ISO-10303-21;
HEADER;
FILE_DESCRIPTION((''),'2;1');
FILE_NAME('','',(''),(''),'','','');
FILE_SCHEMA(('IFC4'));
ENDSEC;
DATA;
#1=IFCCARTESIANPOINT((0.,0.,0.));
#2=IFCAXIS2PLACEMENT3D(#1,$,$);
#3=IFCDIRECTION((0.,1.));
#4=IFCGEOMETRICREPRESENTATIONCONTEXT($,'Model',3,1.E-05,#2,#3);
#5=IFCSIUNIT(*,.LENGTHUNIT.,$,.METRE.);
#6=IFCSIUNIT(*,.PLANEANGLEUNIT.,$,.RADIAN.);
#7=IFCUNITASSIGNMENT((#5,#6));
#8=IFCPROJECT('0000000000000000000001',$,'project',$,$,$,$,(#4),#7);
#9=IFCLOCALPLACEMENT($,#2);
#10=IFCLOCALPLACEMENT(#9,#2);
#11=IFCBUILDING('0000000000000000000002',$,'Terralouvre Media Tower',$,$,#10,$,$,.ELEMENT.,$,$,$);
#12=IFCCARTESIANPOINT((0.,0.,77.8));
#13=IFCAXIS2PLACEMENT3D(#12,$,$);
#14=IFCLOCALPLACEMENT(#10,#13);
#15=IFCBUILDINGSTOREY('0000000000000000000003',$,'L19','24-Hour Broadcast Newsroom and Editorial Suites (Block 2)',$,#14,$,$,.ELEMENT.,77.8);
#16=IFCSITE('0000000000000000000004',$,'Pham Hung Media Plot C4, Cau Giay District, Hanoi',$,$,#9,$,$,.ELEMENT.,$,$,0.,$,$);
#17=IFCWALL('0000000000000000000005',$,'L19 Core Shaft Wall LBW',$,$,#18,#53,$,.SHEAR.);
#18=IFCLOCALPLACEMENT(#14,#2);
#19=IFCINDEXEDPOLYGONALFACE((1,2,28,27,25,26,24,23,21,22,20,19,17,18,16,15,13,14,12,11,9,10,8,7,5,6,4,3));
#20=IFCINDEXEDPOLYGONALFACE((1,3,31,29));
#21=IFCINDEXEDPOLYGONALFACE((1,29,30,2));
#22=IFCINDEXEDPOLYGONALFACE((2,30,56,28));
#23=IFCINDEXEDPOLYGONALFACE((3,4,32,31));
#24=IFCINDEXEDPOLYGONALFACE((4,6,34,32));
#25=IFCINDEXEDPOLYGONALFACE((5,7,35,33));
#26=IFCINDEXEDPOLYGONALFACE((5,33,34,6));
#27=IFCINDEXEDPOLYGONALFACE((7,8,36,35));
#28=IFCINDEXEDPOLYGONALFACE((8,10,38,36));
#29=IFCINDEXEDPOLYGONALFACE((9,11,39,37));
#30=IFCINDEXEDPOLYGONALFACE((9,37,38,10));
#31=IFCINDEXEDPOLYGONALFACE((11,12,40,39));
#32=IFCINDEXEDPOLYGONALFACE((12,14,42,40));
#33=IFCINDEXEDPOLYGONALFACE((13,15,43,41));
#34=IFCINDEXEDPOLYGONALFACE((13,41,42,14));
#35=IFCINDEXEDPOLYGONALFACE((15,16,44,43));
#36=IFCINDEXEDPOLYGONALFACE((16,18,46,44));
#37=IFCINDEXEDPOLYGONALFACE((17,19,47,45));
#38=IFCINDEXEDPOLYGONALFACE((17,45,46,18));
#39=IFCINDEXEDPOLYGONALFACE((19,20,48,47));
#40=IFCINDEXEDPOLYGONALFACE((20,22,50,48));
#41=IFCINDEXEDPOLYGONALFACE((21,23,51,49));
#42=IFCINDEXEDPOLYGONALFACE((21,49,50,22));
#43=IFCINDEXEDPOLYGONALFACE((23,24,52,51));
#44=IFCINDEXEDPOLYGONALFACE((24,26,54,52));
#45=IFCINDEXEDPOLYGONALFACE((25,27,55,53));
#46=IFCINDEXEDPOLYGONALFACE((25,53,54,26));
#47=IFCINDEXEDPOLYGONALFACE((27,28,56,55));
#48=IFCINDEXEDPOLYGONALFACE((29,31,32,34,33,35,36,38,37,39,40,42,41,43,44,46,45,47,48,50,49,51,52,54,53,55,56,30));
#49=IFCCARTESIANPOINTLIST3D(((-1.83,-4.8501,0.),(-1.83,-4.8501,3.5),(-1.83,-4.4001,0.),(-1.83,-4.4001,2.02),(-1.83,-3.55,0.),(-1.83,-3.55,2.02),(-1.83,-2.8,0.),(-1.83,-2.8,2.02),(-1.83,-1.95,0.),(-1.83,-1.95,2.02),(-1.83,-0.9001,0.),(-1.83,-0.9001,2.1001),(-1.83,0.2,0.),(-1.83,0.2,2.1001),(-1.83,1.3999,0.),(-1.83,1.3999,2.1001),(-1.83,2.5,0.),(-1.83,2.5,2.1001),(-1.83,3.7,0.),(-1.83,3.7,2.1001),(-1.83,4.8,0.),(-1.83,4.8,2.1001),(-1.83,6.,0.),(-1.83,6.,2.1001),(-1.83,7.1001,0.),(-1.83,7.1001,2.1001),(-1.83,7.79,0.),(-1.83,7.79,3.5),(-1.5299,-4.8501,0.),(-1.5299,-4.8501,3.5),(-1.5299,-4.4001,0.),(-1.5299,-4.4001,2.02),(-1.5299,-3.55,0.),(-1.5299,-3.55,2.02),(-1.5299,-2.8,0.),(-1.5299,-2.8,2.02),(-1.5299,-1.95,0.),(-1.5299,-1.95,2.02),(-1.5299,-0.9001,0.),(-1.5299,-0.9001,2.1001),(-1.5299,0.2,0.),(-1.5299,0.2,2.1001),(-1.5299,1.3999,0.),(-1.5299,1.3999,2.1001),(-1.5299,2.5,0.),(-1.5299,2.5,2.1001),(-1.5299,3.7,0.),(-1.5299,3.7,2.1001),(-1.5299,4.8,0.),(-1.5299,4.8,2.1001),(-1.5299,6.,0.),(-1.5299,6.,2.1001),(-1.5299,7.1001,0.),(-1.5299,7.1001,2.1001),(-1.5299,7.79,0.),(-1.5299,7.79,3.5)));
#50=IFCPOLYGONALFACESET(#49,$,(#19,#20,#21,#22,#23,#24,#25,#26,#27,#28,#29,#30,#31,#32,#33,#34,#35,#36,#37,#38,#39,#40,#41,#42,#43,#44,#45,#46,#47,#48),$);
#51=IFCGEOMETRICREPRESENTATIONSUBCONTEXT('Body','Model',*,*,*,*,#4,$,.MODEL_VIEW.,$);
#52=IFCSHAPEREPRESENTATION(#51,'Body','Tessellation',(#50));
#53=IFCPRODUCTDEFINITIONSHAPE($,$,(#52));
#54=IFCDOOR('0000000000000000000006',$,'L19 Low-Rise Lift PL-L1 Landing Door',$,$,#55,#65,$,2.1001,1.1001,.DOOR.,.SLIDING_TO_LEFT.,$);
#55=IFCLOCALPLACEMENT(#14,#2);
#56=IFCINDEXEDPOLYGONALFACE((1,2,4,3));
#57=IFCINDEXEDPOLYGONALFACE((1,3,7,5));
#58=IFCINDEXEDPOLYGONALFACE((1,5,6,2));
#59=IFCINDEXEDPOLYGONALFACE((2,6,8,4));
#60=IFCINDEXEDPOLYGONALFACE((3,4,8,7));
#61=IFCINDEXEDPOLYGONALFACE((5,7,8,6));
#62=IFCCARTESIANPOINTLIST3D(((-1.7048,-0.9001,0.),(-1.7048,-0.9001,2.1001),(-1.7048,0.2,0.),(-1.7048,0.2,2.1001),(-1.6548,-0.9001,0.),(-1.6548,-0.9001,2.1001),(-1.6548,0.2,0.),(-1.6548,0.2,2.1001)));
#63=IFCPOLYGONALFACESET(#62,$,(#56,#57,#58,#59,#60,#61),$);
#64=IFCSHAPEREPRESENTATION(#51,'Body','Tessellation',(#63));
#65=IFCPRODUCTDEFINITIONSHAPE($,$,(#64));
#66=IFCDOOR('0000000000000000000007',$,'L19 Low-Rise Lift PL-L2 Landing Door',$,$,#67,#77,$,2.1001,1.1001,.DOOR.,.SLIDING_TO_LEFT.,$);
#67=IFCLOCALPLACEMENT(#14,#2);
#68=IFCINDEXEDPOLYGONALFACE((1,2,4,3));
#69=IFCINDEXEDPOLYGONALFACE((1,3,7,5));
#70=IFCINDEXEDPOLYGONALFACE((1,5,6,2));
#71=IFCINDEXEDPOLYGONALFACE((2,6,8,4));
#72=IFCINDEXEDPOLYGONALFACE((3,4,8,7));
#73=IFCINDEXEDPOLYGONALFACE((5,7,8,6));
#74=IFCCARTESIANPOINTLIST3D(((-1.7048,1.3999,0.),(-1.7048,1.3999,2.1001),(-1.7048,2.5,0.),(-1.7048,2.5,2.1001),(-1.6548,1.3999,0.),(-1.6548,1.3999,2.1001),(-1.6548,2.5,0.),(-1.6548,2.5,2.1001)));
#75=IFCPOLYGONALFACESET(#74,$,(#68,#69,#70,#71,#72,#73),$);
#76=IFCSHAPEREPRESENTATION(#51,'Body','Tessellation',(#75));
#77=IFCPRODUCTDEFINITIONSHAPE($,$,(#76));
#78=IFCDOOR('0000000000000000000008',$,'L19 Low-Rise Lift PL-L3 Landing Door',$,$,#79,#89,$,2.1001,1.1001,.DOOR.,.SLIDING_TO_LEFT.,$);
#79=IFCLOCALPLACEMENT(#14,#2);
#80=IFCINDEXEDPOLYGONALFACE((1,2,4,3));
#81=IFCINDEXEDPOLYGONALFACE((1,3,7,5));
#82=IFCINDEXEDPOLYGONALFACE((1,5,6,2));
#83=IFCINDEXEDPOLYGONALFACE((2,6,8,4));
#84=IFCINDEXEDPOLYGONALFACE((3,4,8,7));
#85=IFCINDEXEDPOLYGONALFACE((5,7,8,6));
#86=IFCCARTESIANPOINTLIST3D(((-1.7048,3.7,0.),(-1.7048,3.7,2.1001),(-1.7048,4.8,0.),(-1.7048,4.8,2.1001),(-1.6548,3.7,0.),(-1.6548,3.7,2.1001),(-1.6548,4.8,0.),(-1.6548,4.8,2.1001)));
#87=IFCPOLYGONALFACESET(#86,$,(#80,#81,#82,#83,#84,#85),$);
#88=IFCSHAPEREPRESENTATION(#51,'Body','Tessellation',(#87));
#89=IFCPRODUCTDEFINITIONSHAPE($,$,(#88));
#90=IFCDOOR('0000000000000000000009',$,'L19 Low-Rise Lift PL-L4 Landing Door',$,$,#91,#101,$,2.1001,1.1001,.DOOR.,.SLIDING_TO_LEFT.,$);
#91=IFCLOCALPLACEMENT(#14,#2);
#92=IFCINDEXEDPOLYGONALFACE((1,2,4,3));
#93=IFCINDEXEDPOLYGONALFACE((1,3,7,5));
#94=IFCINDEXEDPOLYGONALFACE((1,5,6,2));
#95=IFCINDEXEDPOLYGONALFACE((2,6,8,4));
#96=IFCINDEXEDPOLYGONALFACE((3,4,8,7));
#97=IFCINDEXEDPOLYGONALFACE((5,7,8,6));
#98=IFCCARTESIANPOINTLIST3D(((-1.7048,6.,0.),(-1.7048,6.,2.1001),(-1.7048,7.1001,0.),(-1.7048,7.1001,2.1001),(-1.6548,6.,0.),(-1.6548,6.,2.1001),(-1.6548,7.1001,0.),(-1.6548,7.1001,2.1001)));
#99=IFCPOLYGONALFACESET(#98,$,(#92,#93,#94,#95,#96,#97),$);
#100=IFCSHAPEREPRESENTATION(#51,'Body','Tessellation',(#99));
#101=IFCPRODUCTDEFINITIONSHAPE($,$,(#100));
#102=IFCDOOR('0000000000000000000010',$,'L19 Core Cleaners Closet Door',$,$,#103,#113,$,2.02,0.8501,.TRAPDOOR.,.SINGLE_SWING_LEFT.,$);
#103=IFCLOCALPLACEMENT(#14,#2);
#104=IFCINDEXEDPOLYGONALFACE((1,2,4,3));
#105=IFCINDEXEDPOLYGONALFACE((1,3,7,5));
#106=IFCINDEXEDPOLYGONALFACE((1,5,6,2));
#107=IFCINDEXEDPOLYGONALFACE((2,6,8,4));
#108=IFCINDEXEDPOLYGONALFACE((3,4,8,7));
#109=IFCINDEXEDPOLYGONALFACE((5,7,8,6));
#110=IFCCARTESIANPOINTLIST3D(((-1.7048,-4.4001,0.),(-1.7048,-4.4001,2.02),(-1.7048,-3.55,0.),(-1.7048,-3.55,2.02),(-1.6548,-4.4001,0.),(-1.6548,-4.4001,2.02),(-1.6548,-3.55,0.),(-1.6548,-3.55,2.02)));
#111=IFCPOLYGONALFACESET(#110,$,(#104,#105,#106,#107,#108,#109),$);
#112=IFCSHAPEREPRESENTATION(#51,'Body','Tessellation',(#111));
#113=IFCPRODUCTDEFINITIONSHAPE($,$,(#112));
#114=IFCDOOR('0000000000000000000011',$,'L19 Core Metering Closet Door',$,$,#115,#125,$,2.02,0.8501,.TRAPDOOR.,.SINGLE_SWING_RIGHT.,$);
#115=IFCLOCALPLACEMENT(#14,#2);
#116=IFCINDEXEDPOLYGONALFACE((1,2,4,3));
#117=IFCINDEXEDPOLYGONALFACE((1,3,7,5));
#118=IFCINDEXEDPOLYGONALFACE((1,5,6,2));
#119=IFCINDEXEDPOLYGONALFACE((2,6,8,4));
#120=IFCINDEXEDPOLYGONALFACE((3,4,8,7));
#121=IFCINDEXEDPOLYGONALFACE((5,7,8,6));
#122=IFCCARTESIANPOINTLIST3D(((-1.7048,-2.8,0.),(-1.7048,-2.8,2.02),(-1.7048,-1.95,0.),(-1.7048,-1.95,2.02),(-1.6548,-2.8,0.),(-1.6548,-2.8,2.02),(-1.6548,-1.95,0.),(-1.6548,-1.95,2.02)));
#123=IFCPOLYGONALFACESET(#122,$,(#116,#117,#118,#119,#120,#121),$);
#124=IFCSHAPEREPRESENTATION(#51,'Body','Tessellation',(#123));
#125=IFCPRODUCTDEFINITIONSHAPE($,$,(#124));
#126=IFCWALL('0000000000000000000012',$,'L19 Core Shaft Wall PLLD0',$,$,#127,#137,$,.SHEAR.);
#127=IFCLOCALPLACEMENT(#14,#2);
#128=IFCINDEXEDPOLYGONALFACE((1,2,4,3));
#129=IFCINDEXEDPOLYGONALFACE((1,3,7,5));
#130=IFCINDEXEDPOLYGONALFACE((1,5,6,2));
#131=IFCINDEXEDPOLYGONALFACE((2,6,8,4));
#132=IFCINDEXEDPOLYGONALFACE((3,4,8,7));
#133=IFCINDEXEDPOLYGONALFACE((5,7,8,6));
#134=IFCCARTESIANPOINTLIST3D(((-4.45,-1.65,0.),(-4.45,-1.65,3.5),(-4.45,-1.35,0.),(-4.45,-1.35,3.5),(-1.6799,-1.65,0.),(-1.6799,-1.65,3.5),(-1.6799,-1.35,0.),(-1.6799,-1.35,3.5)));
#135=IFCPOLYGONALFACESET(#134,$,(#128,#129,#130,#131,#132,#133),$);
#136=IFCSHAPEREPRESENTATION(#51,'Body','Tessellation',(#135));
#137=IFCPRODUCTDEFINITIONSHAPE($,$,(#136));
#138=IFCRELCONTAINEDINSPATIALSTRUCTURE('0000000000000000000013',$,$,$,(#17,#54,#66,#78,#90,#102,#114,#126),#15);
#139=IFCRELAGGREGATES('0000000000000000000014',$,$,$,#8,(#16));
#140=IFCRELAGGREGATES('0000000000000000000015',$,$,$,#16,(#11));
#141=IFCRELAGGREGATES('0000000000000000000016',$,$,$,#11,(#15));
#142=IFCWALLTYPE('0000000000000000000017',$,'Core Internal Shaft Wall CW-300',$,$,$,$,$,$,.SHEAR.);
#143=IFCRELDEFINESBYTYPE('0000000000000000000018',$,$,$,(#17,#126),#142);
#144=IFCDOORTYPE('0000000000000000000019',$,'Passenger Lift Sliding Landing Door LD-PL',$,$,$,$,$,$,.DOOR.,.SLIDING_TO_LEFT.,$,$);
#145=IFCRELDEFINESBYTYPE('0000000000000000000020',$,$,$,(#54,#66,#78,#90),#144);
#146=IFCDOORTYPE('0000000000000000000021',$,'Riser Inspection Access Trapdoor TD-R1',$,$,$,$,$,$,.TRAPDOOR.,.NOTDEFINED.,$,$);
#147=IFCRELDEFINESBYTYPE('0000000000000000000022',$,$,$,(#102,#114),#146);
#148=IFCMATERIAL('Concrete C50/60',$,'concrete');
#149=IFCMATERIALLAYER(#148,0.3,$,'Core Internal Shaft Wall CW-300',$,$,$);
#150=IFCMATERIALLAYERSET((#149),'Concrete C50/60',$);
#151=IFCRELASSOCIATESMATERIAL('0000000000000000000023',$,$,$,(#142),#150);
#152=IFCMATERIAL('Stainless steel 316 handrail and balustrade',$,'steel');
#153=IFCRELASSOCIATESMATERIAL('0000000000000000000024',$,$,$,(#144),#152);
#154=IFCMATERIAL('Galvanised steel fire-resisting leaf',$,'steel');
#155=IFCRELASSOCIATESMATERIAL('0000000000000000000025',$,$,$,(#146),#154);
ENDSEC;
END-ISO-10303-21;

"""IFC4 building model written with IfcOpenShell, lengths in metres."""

from ifc_helpers import new_model, si_unit, direction, frame, frame_2d, origin, place, context, subcontext, project, spatial, rectangle, extrude, material, layer, layer_set, type_object, element, fill, save


model = new_model("IFC4")

# Units and contexts
model_context = context("Model", 3, precision=1e-05, world=origin(), true_north=direction((0.0, 1.0)))
body_context = subcontext(model_context, "Body", "Model", "MODEL_VIEW")
ifc_project = project(units=[si_unit("LENGTHUNIT", "METRE"), si_unit("PLANEANGLEUNIT", "RADIAN")], contexts=[model_context])

# Site, building, storey
site_placement = place(None, origin())
site = spatial("IfcSite", under=ifc_project, at=site_placement, Name="Pham Hung Media Plot C4, Cau Giay District, Hanoi", CompositionType="ELEMENT", RefElevation=0.0)
building_placement = place(site_placement, origin())
building = spatial("IfcBuilding", under=site, at=building_placement, Name="Terralouvre Media Tower", CompositionType="ELEMENT")
storey_placement = place(building_placement, frame((0.0, 0.0, 77.8)))
storey = spatial("IfcBuildingStorey", under=building, at=storey_placement, Name="L19", Description="24-Hour Broadcast Newsroom and Editorial Suites (Block 2)", CompositionType="ELEMENT", Elevation=77.8)

# Shared definitions
ifc_material_1 = material(Name="Concrete C50/60", Category="concrete")
ifc_layer_1 = layer(ifc_material_1, 0.3, Name="Core Internal Shaft Wall CW-300")
ifc_layer_set_1 = layer_set([ifc_layer_1], Name="Concrete C50/60")
wall_type_1 = type_object("IfcWallType", Name="Core Internal Shaft Wall CW-300", PredefinedType="SHEAR", material=ifc_layer_set_1)

# Wall, openings, doors
wall_1_placement = place(storey_placement, frame((-1.6799, -4.8501, 0.0), z_axis=(0.0, 0.0, 1.0), x_axis=(0.0, 1.0, 0.0)))
wall_1 = element("IfcWall", 1, at=wall_1_placement, inside=storey, type_object=wall_type_1, Name="L19 Core Shaft Wall LBW", PredefinedType="SHEAR", context=body_context, shape_type="SweptSolid", body=[
    extrude(rectangle(XDim=12.6401, YDim=0.3, at=frame_2d((6.3201, 0.0))), origin(), (0.0, 0.0, 1.0), 3.5),
])
opening_1_placement = place(wall_1_placement, frame((3.95, 0.0, 0.0)))
opening_1 = element("IfcOpeningElement", 2, at=opening_1_placement, cuts=wall_1, PredefinedType="OPENING", context=body_context, shape_type="SweptSolid", body=[
    extrude(rectangle(XDim=1.1001, YDim=2.1001, at=frame_2d((0.55, 1.05))), frame((0.0, 0.1599, 0.0), z_axis=(0.0, -1.0, 0.0), x_axis=(1.0, 0.0, 0.0)), (0.0, 0.0, 1.0), 0.3201),
])
opening_2_placement = place(wall_1_placement, frame((6.25, 0.0, 0.0)))
opening_2 = element("IfcOpeningElement", 3, at=opening_2_placement, cuts=wall_1, PredefinedType="OPENING", context=body_context, shape_type="SweptSolid", body=[
    extrude(rectangle(XDim=1.1001, YDim=2.1001, at=frame_2d((0.55, 1.05))), frame((0.0, 0.1599, 0.0), z_axis=(0.0, -1.0, 0.0), x_axis=(1.0, 0.0, 0.0)), (0.0, 0.0, 1.0), 0.3201),
])
opening_3_placement = place(wall_1_placement, frame((8.55, 0.0, 0.0)))
opening_3 = element("IfcOpeningElement", 4, at=opening_3_placement, cuts=wall_1, PredefinedType="OPENING", context=body_context, shape_type="SweptSolid", body=[
    extrude(rectangle(XDim=1.1001, YDim=2.1001, at=frame_2d((0.55, 1.05))), frame((0.0, 0.1599, 0.0), z_axis=(0.0, -1.0, 0.0), x_axis=(1.0, 0.0, 0.0)), (0.0, 0.0, 1.0), 0.3201),
])
opening_4_placement = place(wall_1_placement, frame((10.8501, 0.0, 0.0)))
opening_4 = element("IfcOpeningElement", 5, at=opening_4_placement, cuts=wall_1, PredefinedType="OPENING", context=body_context, shape_type="SweptSolid", body=[
    extrude(rectangle(XDim=1.1001, YDim=2.1001, at=frame_2d((0.55, 1.05))), frame((0.0, 0.1599, 0.0), z_axis=(0.0, -1.0, 0.0), x_axis=(1.0, 0.0, 0.0)), (0.0, 0.0, 1.0), 0.3201),
])
opening_5_placement = place(wall_1_placement, frame((0.45, 0.0, 0.0)))
opening_5 = element("IfcOpeningElement", 6, at=opening_5_placement, cuts=wall_1, PredefinedType="OPENING", context=body_context, shape_type="SweptSolid", body=[
    extrude(rectangle(XDim=0.8501, YDim=2.02, at=frame_2d((0.425, 1.01))), frame((0.0, 0.1599, 0.0), z_axis=(0.0, -1.0, 0.0), x_axis=(1.0, 0.0, 0.0)), (0.0, 0.0, 1.0), 0.3201),
])
opening_6_placement = place(wall_1_placement, frame((2.05, 0.0, 0.0)))
opening_6 = element("IfcOpeningElement", 7, at=opening_6_placement, cuts=wall_1, PredefinedType="OPENING", context=body_context, shape_type="SweptSolid", body=[
    extrude(rectangle(XDim=0.8501, YDim=2.02, at=frame_2d((0.425, 1.01))), frame((0.0, 0.1599, 0.0), z_axis=(0.0, -1.0, 0.0), x_axis=(1.0, 0.0, 0.0)), (0.0, 0.0, 1.0), 0.3201),
])
ifc_material_2 = material(Name="Stainless steel 316 handrail and balustrade", Category="steel")
door_type_1 = type_object("IfcDoorType", Name="Passenger Lift Sliding Landing Door LD-PL", OperationType="SLIDING_TO_LEFT", PredefinedType="DOOR", material=ifc_material_2)
door_1_placement = place(opening_1_placement, origin())
door_1 = element("IfcDoor", 8, at=door_1_placement, inside=storey, type_object=door_type_1, Name="L19 Low-Rise Lift PL-L1 Landing Door", OperationType="SLIDING_TO_LEFT", OverallHeight=2.1001, OverallWidth=1.1001, PredefinedType="DOOR", context=body_context, shape_type="SweptSolid", body=[
    extrude(rectangle(XDim=1.1001, YDim=2.1001, at=frame_2d((0.55, 1.05))), frame((0.0, 0.0249, 0.0), z_axis=(0.0, -1.0, 0.0), x_axis=(1.0, 0.0, 0.0)), (0.0, 0.0, 1.0), 0.05),
])
fill(opening_1, door_1)
door_2_placement = place(opening_2_placement, origin())
door_2 = element("IfcDoor", 9, at=door_2_placement, inside=storey, type_object=door_type_1, Name="L19 Low-Rise Lift PL-L2 Landing Door", OperationType="SLIDING_TO_LEFT", OverallHeight=2.1001, OverallWidth=1.1001, PredefinedType="DOOR", context=body_context, shape_type="SweptSolid", body=[
    extrude(rectangle(XDim=1.1001, YDim=2.1001, at=frame_2d((0.55, 1.05))), frame((0.0, 0.0249, 0.0), z_axis=(0.0, -1.0, 0.0), x_axis=(1.0, 0.0, 0.0)), (0.0, 0.0, 1.0), 0.05),
])
fill(opening_2, door_2)
door_3_placement = place(opening_3_placement, origin())
door_3 = element("IfcDoor", 10, at=door_3_placement, inside=storey, type_object=door_type_1, Name="L19 Low-Rise Lift PL-L3 Landing Door", OperationType="SLIDING_TO_LEFT", OverallHeight=2.1001, OverallWidth=1.1001, PredefinedType="DOOR", context=body_context, shape_type="SweptSolid", body=[
    extrude(rectangle(XDim=1.1001, YDim=2.1001, at=frame_2d((0.55, 1.05))), frame((0.0, 0.0249, 0.0), z_axis=(0.0, -1.0, 0.0), x_axis=(1.0, 0.0, 0.0)), (0.0, 0.0, 1.0), 0.05),
])
fill(opening_3, door_3)
door_4_placement = place(opening_4_placement, origin())
door_4 = element("IfcDoor", 11, at=door_4_placement, inside=storey, type_object=door_type_1, Name="L19 Low-Rise Lift PL-L4 Landing Door", OperationType="SLIDING_TO_LEFT", OverallHeight=2.1001, OverallWidth=1.1001, PredefinedType="DOOR", context=body_context, shape_type="SweptSolid", body=[
    extrude(rectangle(XDim=1.1001, YDim=2.1001, at=frame_2d((0.55, 1.05))), frame((0.0, 0.0249, 0.0), z_axis=(0.0, -1.0, 0.0), x_axis=(1.0, 0.0, 0.0)), (0.0, 0.0, 1.0), 0.05),
])
fill(opening_4, door_4)
ifc_material_3 = material(Name="Galvanised steel fire-resisting leaf", Category="steel")
door_type_2 = type_object("IfcDoorType", Name="Riser Inspection Access Trapdoor TD-R1", OperationType="NOTDEFINED", PredefinedType="TRAPDOOR", material=ifc_material_3)
door_5_placement = place(opening_5_placement, origin())
door_5 = element("IfcDoor", 12, at=door_5_placement, inside=storey, type_object=door_type_2, Name="L19 Core Cleaners Closet Door", OperationType="SINGLE_SWING_LEFT", OverallHeight=2.02, OverallWidth=0.8501, PredefinedType="TRAPDOOR", context=body_context, shape_type="SweptSolid", body=[
    extrude(rectangle(XDim=0.8501, YDim=2.02, at=frame_2d((0.425, 1.01))), frame((0.0, 0.0249, 0.0), z_axis=(0.0, -1.0, 0.0), x_axis=(1.0, 0.0, 0.0)), (0.0, 0.0, 1.0), 0.05),
])
fill(opening_5, door_5)
door_6_placement = place(opening_6_placement, origin())
door_6 = element("IfcDoor", 13, at=door_6_placement, inside=storey, type_object=door_type_2, Name="L19 Core Metering Closet Door", OperationType="SINGLE_SWING_RIGHT", OverallHeight=2.02, OverallWidth=0.8501, PredefinedType="TRAPDOOR", context=body_context, shape_type="SweptSolid", body=[
    extrude(rectangle(XDim=0.8501, YDim=2.02, at=frame_2d((0.425, 1.01))), frame((0.0, 0.0249, 0.0), z_axis=(0.0, -1.0, 0.0), x_axis=(1.0, 0.0, 0.0)), (0.0, 0.0, 1.0), 0.05),
])
fill(opening_6, door_6)

# Wall
wall_2_placement = place(storey_placement, frame((-4.45, -1.5, 0.0), z_axis=(0.0, 0.0, 1.0), x_axis=(1.0, 0.0, 0.0)))
element("IfcWall", 14, at=wall_2_placement, inside=storey, type_object=wall_type_1, Name="L19 Core Shaft Wall PLLD0", PredefinedType="SHEAR", context=body_context, shape_type="SweptSolid", body=[
    extrude(rectangle(XDim=2.77, YDim=0.3, at=frame_2d((1.385, 0.0))), origin(), (0.0, 0.0, 1.0), 3.5),
])

save(model, "model.ifc")
